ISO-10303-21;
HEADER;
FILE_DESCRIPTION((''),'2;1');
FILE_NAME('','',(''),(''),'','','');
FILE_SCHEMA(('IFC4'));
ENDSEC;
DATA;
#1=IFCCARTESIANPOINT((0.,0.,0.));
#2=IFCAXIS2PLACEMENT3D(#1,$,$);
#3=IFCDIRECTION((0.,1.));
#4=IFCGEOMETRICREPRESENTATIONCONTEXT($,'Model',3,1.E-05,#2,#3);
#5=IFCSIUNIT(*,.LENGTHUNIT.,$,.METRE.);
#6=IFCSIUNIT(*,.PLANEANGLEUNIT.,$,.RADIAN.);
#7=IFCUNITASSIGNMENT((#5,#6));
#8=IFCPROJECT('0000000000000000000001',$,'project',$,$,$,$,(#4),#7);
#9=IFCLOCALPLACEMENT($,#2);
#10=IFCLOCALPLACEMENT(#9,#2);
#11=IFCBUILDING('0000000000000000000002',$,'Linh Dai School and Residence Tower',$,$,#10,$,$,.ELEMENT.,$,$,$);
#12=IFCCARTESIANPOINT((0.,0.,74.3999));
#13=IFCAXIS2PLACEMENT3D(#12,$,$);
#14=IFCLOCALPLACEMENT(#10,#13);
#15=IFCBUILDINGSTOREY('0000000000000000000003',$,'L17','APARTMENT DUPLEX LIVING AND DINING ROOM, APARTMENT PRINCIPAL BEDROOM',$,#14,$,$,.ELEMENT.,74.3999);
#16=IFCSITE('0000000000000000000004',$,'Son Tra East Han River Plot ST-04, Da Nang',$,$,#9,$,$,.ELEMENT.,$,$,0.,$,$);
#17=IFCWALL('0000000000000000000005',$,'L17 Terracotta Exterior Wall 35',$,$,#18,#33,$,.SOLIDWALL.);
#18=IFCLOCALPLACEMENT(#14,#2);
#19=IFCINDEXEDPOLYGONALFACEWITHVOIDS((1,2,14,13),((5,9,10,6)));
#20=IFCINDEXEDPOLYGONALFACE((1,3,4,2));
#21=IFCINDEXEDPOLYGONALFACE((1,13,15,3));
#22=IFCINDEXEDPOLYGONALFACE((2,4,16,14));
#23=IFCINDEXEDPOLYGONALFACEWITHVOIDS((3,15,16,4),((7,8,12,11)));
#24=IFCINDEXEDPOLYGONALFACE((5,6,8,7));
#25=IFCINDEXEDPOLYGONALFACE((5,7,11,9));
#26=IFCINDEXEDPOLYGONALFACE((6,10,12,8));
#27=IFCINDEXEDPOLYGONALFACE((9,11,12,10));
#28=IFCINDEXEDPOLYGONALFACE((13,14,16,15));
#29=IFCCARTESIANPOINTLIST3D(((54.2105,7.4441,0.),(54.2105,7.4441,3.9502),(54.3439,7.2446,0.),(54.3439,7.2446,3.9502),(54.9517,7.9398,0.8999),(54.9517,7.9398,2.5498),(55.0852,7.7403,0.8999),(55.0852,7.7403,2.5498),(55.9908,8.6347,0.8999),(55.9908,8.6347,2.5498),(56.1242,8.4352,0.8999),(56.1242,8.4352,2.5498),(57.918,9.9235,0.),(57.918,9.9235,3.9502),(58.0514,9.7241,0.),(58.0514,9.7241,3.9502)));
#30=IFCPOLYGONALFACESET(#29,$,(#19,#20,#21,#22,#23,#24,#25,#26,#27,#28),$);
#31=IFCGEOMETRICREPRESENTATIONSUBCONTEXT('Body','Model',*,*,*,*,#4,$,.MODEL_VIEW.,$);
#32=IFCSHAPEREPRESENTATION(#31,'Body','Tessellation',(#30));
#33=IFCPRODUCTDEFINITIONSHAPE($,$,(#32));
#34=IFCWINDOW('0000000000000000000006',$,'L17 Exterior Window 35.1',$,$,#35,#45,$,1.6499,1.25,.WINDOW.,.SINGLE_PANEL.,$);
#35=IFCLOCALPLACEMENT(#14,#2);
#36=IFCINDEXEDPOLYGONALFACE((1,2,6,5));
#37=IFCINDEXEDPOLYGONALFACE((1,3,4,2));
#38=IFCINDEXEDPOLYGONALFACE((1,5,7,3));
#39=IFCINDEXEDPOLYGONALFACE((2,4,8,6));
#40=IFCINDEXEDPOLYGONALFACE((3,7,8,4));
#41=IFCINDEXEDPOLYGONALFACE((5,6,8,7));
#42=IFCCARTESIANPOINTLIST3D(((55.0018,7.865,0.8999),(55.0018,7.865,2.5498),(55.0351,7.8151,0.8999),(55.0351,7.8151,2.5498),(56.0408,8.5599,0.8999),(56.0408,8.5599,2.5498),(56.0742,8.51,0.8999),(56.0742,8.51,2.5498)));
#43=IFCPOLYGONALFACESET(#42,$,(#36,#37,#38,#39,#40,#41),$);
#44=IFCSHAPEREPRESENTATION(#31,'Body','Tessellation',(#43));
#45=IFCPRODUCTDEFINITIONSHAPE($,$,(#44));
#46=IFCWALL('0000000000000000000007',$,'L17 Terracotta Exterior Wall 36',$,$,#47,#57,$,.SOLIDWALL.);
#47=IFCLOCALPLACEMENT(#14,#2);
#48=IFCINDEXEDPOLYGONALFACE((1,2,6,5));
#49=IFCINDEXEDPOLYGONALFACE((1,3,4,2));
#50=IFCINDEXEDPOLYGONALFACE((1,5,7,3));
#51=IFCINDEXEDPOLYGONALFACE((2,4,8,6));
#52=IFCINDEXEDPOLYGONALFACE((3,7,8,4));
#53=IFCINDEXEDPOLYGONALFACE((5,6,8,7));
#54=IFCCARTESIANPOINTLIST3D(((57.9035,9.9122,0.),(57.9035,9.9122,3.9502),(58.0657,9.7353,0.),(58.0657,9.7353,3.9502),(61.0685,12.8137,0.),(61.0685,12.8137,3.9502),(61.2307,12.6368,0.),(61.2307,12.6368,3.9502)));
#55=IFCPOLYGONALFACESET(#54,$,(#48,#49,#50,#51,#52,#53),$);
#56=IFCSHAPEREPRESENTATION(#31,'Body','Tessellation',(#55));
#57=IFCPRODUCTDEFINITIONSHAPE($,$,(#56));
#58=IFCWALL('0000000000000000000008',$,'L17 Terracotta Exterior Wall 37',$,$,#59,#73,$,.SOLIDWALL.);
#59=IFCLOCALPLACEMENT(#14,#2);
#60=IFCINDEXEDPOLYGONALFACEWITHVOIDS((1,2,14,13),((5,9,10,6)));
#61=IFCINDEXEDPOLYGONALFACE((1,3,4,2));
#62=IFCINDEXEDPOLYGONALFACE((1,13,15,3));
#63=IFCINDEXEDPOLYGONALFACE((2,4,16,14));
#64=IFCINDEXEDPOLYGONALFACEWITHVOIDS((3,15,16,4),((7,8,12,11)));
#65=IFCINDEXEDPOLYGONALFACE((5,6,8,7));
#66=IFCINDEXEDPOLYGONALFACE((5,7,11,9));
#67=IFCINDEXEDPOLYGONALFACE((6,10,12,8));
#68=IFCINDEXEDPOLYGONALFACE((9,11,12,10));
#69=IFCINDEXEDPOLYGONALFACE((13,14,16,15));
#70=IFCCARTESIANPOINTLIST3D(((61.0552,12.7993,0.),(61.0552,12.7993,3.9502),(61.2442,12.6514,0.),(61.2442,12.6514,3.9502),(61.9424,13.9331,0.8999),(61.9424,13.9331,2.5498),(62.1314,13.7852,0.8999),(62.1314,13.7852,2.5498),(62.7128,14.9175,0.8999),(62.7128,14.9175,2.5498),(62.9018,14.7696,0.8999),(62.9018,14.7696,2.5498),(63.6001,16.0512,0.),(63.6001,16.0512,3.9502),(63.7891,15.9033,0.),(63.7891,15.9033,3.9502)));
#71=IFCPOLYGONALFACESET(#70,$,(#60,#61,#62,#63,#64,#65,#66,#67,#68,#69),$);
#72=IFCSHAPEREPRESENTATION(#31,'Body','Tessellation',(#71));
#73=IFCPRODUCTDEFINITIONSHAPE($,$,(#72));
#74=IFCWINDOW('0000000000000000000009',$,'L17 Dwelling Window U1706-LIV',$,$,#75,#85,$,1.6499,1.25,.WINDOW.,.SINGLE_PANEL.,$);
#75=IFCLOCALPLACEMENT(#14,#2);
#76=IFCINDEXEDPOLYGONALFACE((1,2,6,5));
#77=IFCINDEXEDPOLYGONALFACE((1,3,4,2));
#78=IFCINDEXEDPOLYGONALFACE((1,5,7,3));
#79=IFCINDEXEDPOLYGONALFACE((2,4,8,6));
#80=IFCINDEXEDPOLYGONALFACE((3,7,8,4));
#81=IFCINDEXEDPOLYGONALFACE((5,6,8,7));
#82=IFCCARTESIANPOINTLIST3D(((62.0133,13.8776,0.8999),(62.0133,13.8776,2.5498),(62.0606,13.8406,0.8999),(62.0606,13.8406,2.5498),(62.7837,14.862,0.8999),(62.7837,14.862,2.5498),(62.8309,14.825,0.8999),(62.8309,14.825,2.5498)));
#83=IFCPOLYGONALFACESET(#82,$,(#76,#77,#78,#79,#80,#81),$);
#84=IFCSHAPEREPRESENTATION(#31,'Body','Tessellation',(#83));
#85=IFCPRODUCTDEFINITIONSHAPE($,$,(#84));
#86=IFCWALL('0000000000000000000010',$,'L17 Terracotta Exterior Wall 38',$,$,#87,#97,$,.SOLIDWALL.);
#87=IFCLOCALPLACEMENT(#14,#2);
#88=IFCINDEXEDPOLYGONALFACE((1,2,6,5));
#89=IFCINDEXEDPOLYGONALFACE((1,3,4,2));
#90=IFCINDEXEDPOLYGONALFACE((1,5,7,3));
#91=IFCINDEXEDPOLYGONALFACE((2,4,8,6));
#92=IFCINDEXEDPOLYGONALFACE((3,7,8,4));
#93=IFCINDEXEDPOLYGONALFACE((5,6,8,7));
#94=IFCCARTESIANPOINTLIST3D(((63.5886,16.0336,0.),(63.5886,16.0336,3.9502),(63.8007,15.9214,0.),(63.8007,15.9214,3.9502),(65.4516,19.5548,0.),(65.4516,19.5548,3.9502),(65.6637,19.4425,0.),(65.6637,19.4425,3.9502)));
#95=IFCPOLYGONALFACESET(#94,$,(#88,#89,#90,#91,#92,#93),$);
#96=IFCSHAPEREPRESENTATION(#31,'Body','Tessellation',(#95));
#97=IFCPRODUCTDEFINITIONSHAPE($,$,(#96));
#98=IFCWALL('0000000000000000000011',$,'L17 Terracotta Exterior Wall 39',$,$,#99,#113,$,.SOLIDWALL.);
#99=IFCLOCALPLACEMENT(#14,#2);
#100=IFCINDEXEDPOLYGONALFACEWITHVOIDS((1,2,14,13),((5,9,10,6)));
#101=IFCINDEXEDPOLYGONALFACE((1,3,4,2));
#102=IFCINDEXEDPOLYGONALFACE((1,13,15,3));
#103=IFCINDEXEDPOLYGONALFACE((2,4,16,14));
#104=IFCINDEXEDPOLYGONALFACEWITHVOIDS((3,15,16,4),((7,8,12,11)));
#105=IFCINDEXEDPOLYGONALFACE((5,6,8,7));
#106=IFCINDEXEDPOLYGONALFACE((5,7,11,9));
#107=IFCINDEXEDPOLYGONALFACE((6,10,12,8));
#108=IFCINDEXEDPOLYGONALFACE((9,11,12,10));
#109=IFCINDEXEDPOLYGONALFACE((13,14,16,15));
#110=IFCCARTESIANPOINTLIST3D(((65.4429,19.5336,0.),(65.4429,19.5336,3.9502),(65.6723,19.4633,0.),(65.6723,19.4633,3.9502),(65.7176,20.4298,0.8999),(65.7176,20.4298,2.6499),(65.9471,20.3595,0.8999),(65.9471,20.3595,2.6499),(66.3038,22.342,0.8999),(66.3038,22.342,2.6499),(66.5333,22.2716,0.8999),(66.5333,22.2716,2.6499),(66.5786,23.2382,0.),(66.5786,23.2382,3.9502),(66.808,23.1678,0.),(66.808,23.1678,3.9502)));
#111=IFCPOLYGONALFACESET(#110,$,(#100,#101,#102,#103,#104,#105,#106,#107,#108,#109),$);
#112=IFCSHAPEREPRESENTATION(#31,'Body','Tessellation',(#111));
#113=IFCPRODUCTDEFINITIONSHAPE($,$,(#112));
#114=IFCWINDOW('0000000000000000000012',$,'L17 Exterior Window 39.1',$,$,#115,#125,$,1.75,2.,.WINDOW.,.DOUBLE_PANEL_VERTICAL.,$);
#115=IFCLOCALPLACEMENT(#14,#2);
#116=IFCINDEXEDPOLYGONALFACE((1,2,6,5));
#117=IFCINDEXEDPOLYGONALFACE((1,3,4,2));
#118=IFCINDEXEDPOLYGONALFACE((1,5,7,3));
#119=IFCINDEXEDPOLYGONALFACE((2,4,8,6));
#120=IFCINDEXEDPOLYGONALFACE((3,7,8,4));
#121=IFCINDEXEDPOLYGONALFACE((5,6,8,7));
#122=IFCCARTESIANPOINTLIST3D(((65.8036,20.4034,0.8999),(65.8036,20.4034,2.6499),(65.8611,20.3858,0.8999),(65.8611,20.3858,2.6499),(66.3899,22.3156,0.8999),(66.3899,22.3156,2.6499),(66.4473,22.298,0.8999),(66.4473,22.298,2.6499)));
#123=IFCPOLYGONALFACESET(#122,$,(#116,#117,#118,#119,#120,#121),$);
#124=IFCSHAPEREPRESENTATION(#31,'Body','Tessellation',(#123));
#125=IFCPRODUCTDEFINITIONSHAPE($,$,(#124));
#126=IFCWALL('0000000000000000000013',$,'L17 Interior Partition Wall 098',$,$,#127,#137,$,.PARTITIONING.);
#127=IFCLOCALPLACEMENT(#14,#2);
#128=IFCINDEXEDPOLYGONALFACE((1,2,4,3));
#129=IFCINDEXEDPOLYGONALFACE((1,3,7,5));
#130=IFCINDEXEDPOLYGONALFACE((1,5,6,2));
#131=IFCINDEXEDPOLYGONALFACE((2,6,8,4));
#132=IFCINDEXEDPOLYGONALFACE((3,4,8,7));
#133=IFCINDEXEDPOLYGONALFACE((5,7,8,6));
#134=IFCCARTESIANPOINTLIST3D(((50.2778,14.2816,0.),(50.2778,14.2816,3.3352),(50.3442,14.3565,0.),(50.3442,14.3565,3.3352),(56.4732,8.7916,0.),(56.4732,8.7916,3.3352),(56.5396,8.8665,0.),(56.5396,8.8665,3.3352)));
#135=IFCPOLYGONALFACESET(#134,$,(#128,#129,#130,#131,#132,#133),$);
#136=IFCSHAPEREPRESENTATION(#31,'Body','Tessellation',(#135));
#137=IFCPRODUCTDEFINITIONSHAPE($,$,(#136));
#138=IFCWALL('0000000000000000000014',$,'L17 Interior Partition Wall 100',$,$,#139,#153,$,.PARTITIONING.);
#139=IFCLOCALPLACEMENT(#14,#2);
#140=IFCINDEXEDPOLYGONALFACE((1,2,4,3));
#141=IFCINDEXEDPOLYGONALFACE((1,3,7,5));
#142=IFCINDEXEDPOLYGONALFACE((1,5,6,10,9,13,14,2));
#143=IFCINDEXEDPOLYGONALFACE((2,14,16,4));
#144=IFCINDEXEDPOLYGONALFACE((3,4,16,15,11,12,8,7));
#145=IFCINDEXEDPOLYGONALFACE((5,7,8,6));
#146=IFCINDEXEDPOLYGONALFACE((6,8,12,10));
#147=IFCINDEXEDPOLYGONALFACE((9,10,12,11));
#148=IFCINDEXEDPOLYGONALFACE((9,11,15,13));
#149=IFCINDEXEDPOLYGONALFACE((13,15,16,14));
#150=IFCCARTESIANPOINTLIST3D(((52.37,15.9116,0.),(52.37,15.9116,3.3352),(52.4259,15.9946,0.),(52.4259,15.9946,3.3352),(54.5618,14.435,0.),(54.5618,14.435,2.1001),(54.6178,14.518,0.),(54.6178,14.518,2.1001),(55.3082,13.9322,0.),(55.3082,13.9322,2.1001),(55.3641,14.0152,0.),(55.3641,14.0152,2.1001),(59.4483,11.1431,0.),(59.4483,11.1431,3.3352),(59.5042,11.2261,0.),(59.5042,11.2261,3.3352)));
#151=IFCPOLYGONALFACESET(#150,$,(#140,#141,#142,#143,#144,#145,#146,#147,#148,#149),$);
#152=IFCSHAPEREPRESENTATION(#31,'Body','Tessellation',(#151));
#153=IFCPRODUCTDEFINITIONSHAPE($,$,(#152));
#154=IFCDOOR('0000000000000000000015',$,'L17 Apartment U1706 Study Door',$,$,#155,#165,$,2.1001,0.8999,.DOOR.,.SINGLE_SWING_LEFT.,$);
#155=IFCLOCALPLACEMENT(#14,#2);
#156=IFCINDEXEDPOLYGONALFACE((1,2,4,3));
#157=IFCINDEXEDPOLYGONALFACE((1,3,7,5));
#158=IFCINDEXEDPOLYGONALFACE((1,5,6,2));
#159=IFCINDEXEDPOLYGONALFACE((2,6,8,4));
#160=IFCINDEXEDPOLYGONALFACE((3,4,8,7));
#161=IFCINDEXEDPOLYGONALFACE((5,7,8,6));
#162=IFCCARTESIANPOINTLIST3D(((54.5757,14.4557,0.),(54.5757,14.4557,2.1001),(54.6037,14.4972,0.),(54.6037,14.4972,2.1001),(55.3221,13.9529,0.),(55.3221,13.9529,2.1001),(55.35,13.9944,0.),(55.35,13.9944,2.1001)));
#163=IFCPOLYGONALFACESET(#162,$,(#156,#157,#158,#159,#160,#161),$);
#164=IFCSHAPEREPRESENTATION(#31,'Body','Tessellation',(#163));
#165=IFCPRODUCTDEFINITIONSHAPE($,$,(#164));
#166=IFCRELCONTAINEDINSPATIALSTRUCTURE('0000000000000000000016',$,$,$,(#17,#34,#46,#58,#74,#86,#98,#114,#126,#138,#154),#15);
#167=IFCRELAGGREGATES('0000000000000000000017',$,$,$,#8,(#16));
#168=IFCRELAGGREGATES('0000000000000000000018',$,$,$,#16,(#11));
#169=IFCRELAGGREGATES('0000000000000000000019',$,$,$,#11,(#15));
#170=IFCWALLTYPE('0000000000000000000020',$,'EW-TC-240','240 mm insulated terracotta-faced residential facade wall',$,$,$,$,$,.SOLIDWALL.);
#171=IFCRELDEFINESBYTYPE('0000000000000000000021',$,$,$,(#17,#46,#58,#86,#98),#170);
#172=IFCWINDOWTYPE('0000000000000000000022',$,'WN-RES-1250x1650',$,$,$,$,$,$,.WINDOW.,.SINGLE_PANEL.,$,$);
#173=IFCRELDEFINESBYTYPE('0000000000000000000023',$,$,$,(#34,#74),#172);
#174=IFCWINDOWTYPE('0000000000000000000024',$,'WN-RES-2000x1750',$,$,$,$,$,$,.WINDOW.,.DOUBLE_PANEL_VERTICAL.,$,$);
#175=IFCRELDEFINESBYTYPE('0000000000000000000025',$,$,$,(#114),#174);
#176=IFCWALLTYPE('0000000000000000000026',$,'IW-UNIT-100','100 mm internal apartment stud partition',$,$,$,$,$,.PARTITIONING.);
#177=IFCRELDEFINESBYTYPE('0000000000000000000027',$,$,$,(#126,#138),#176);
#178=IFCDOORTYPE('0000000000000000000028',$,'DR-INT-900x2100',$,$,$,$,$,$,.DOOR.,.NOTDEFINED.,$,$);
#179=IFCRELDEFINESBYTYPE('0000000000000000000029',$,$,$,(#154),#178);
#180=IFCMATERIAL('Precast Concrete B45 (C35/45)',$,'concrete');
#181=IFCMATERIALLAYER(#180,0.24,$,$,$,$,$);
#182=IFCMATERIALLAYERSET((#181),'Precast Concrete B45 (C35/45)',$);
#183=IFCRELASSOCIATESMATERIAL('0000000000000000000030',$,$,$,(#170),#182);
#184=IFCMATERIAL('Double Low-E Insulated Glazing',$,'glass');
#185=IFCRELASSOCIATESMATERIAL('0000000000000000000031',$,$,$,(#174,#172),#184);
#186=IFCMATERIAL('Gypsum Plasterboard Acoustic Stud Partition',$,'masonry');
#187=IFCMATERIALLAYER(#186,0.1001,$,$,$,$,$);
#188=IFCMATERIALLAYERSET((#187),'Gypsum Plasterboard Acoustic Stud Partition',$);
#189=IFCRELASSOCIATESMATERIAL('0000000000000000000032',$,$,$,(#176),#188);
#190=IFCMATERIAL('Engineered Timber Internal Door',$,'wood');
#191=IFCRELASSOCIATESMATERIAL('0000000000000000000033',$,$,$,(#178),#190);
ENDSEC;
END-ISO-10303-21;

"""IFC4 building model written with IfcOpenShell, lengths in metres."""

from ifc_helpers import new_model, si_unit, direction, frame, frame_2d, origin, origin_2d, place, context, subcontext, project, spatial, rectangle, extrude, source, transform, mapped, material, layer, layer_set, type_object, element, fill, save


model = new_model("IFC4")

# Units and contexts
model_context = context("Model", 3, precision=1e-05, world=origin(), true_north=direction((0.0, 1.0)))
body_context = subcontext(model_context, "Body", "Model", "MODEL_VIEW")
ifc_project = project(units=[si_unit("LENGTHUNIT", "METRE"), si_unit("PLANEANGLEUNIT", "RADIAN")], contexts=[model_context])

# Site, building, storey
site_placement = place(None, origin())
site = spatial("IfcSite", under=ifc_project, at=site_placement, Name="Son Tra East Han River Plot ST-04, Da Nang", CompositionType="ELEMENT", RefElevation=0.0)
building_placement = place(site_placement, origin())
building = spatial("IfcBuilding", under=site, at=building_placement, Name="Linh Dai School and Residence Tower", CompositionType="ELEMENT")
storey_placement = place(building_placement, frame((0.0, 0.0, 74.3999)))
storey = spatial("IfcBuildingStorey", under=building, at=storey_placement, Name="L17", Description="APARTMENT DUPLEX LIVING AND DINING ROOM, APARTMENT PRINCIPAL BEDROOM", CompositionType="ELEMENT", Elevation=74.3999)

# Shared definitions
ifc_material_1 = material(Name="Precast Concrete B45 (C35/45)", Category="concrete")

# Wall, opening, window
ifc_layer_1 = layer(ifc_material_1, 0.24)
ifc_layer_set_1 = layer_set([ifc_layer_1], Name="Precast Concrete B45 (C35/45)")
wall_type_1 = type_object("IfcWallType", Name="EW-TC-240", Description="240 mm insulated terracotta-faced residential facade wall", PredefinedType="SOLIDWALL", material=ifc_layer_set_1)
ifc_material_2 = material(Name="Double Low-E Insulated Glazing", Category="glass")
window_type_1 = type_object("IfcWindowType", Name="WN-RES-2000x1750", PartitioningType="DOUBLE_PANEL_VERTICAL", PredefinedType="WINDOW", material=ifc_material_2)
shared_shape_1 = source(origin(), body_context, "Body", "SweptSolid", [
    extrude(rectangle(XDim=2.0, YDim=1.75, at=origin_2d()), frame((1.0, 0.03, 0.875), z_axis=(0.0, -1.0, 0.0), x_axis=(1.0, 0.0, 0.0)), (0.0, 0.0, 1.0), 0.0601),
])
wall_1_placement = place(storey_placement, frame((57.9846, 9.8237, 0.0), z_axis=(0.0, 0.0, 1.0), x_axis=(-0.831241, -0.555912, 0.0)))
wall_1 = element("IfcWall", 1, at=wall_1_placement, inside=storey, type_object=wall_type_1, Name="L17 Terracotta Exterior Wall 35", PredefinedType="SOLIDWALL", context=body_context, shape_type="SweptSolid", body=[
    extrude(rectangle(XDim=4.4602, YDim=0.24, at=frame_2d((2.23, 0.0))), origin(), (0.0, 0.0, 1.0), 3.9502),
])
opening_1_placement = place(wall_1_placement, frame((2.3184, 0.0, 0.8999)))
opening_1 = element("IfcOpeningElement", 2, at=opening_1_placement, cuts=wall_1, PredefinedType="OPENING", context=body_context, shape_type="SweptSolid", body=[
    extrude(rectangle(XDim=1.25, YDim=1.6499, at=origin_2d()), frame((0.625, 0.1299, 0.825), z_axis=(0.0, -1.0, 0.0), x_axis=(1.0, 0.0, 0.0)), (0.0, 0.0, 1.0), 0.26),
])
window_type_2 = type_object("IfcWindowType", Name="WN-RES-1250x1650", PartitioningType="SINGLE_PANEL", PredefinedType="WINDOW", material=ifc_material_2)
shared_shape_2 = source(origin(), body_context, "Body", "SweptSolid", [
    extrude(rectangle(XDim=1.25, YDim=1.6499, at=origin_2d()), frame((0.625, 0.03, 0.825), z_axis=(0.0, -1.0, 0.0), x_axis=(1.0, 0.0, 0.0)), (0.0, 0.0, 1.0), 0.0601),
])
window_1_placement = place(opening_1_placement, origin())
window_1 = element("IfcWindow", 3, at=window_1_placement, inside=storey, type_object=window_type_2, Name="L17 Exterior Window 35.1", OverallHeight=1.6499, OverallWidth=1.25, PartitioningType="SINGLE_PANEL", PredefinedType="WINDOW", context=body_context, shape_type="MappedRepresentation", body=[
    mapped(shared_shape_2, transform((0.0, 0.0, 0.0), x_axis=(1.0, 0.0, 0.0), y_axis=(0.0, 1.0, 0.0), z_axis=(0.0, 0.0, 1.0), scale=1.0)),
])
fill(opening_1, window_1)

# Wall
wall_2_placement = place(storey_placement, frame((61.1497, 12.7253, 0.0), z_axis=(0.0, 0.0, 1.0), x_axis=(-0.737116, -0.675766, 0.0)))
element("IfcWall", 4, at=wall_2_placement, inside=storey, type_object=wall_type_1, Name="L17 Terracotta Exterior Wall 36", PredefinedType="SOLIDWALL", context=body_context, shape_type="SweptSolid", body=[
    extrude(rectangle(XDim=4.2937, YDim=0.24, at=frame_2d((2.147, 0.0))), origin(), (0.0, 0.0, 1.0), 3.9502),
])

# Wall, opening, window
wall_3_placement = place(storey_placement, frame((63.6946, 15.9773, 0.0), z_axis=(0.0, 0.0, 1.0), x_axis=(-0.616296, -0.787515, 0.0)))
wall_3 = element("IfcWall", 5, at=wall_3_placement, inside=storey, type_object=wall_type_1, Name="L17 Terracotta Exterior Wall 37", PredefinedType="SOLIDWALL", context=body_context, shape_type="SweptSolid", body=[
    extrude(rectangle(XDim=4.1294, YDim=0.24, at=frame_2d((2.0647, 0.0))), origin(), (0.0, 0.0, 1.0), 3.9502),
])
opening_2_placement = place(wall_3_placement, frame((1.4397, 0.0, 0.8999)))
opening_2 = element("IfcOpeningElement", 6, at=opening_2_placement, cuts=wall_3, PredefinedType="OPENING", context=body_context, shape_type="SweptSolid", body=[
    extrude(rectangle(XDim=1.25, YDim=1.6499, at=origin_2d()), frame((0.625, 0.1299, 0.825), z_axis=(0.0, -1.0, 0.0), x_axis=(1.0, 0.0, 0.0)), (0.0, 0.0, 1.0), 0.26),
])
window_2_placement = place(opening_2_placement, origin())
window_2 = element("IfcWindow", 7, at=window_2_placement, inside=storey, type_object=window_type_2, Name="L17 Dwelling Window U1706-LIV", OverallHeight=1.6499, OverallWidth=1.25, PartitioningType="SINGLE_PANEL", PredefinedType="WINDOW", context=body_context, shape_type="MappedRepresentation", body=[
    mapped(shared_shape_2, transform((0.0, 0.0, 0.0), x_axis=(1.0, 0.0, 0.0), y_axis=(0.0, 1.0, 0.0), z_axis=(0.0, 0.0, 1.0), scale=1.0)),
])
fill(opening_2, window_2)

# Wall
wall_4_placement = place(storey_placement, frame((65.5576, 19.4985, 0.0), z_axis=(0.0, 0.0, 1.0), x_axis=(-0.467662, -0.883907, 0.0)))
element("IfcWall", 8, at=wall_4_placement, inside=storey, type_object=wall_type_1, Name="L17 Terracotta Exterior Wall 38", PredefinedType="SOLIDWALL", context=body_context, shape_type="SweptSolid", body=[
    extrude(rectangle(XDim=3.9836, YDim=0.24, at=frame_2d((1.9917, 0.0))), origin(), (0.0, 0.0, 1.0), 3.9502),
])

# Wall, opening, window
wall_5_placement = place(storey_placement, frame((66.6934, 23.2031, 0.0), z_axis=(0.0, 0.0, 1.0), x_axis=(-0.293112, -0.956078, 0.0)))
wall_5 = element("IfcWall", 9, at=wall_5_placement, inside=storey, type_object=wall_type_1, Name="L17 Terracotta Exterior Wall 39", PredefinedType="SOLIDWALL", context=body_context, shape_type="SweptSolid", body=[
    extrude(rectangle(XDim=3.8748, YDim=0.24, at=frame_2d((1.9375, 0.0))), origin(), (0.0, 0.0, 1.0), 3.9502),
])
opening_3_placement = place(wall_5_placement, frame((0.9375, 0.0, 0.8999)))
opening_3 = element("IfcOpeningElement", 10, at=opening_3_placement, cuts=wall_5, PredefinedType="OPENING", context=body_context, shape_type="SweptSolid", body=[
    extrude(rectangle(XDim=2.0, YDim=1.75, at=origin_2d()), frame((1.0, 0.1299, 0.875), z_axis=(0.0, -1.0, 0.0), x_axis=(1.0, 0.0, 0.0)), (0.0, 0.0, 1.0), 0.26),
])
window_3_placement = place(opening_3_placement, origin())
window_3 = element("IfcWindow", 11, at=window_3_placement, inside=storey, type_object=window_type_1, Name="L17 Exterior Window 39.1", OverallHeight=1.75, OverallWidth=2.0, PartitioningType="DOUBLE_PANEL_VERTICAL", PredefinedType="WINDOW", context=body_context, shape_type="MappedRepresentation", body=[
    mapped(shared_shape_1, transform((0.0, 0.0, 0.0), x_axis=(1.0, 0.0, 0.0), y_axis=(0.0, 1.0, 0.0), z_axis=(0.0, 0.0, 1.0), scale=1.0)),
])
fill(opening_3, window_3)

# Wall
ifc_material_3 = material(Name="Gypsum Plasterboard Acoustic Stud Partition", Category="masonry")
ifc_layer_2 = layer(ifc_material_3, 0.1001)
ifc_layer_set_2 = layer_set([ifc_layer_2], Name="Gypsum Plasterboard Acoustic Stud Partition")
wall_type_2 = type_object("IfcWallType", Name="IW-UNIT-100", Description="100 mm internal apartment stud partition", PredefinedType="PARTITIONING", material=ifc_layer_set_2)
wall_6_placement = place(storey_placement, frame((50.311, 14.3191, 0.0), z_axis=(0.0, 0.0, 1.0), x_axis=(0.748425, -0.663219, 0.0)))
element("IfcWall", 12, at=wall_6_placement, inside=storey, type_object=wall_type_2, Name="L17 Interior Partition Wall 098", PredefinedType="PARTITIONING", context=body_context, shape_type="SweptSolid", body=[
    extrude(rectangle(XDim=8.2778, YDim=0.1001, at=frame_2d((4.1389, 0.0))), origin(), (0.0, 0.0, 1.0), 3.3352),
])

# Wall, opening, door
wall_7_placement = place(storey_placement, frame((52.3979, 15.9531, 0.0), z_axis=(0.0, 0.0, 1.0), x_axis=(0.829356, -0.55872, 0.0)))
wall_7 = element("IfcWall", 13, at=wall_7_placement, inside=storey, type_object=wall_type_2, Name="L17 Interior Partition Wall 100", PredefinedType="PARTITIONING", context=body_context, shape_type="SweptSolid", body=[
    extrude(rectangle(XDim=8.5347, YDim=0.1001, at=frame_2d((4.2673, 0.0))), origin(), (0.0, 0.0, 1.0), 3.3352),
])
opening_4_placement = place(wall_7_placement, frame((2.6428, 0.0, 0.0)))
opening_4 = element("IfcOpeningElement", 14, at=opening_4_placement, cuts=wall_7, PredefinedType="OPENING", context=body_context, shape_type="SweptSolid", body=[
    extrude(rectangle(XDim=0.8999, YDim=2.1001, at=origin_2d()), frame((0.45, 0.0601, 1.05), z_axis=(0.0, -1.0, 0.0), x_axis=(1.0, 0.0, 0.0)), (0.0, 0.0, 1.0), 0.1201),
])
ifc_material_4 = material(Name="Engineered Timber Internal Door", Category="wood")
door_type = type_object("IfcDoorType", Name="DR-INT-900x2100", OperationType="NOTDEFINED", PredefinedType="DOOR", material=ifc_material_4)
shared_shape_3 = source(origin(), body_context, "Body", "SweptSolid", [
    extrude(rectangle(XDim=0.8999, YDim=2.1001, at=origin_2d()), frame((0.45, 0.0249, 1.05), z_axis=(0.0, -1.0, 0.0), x_axis=(1.0, 0.0, 0.0)), (0.0, 0.0, 1.0), 0.05),
])
door_1_placement = place(opening_4_placement, origin())
door_1 = element("IfcDoor", 15, at=door_1_placement, inside=storey, type_object=door_type, Name="L17 Apartment U1706 Study Door", OperationType="SINGLE_SWING_LEFT", OverallHeight=2.1001, OverallWidth=0.8999, PredefinedType="DOOR", context=body_context, shape_type="MappedRepresentation", body=[
    mapped(shared_shape_3, transform((0.0, 0.0, 0.0), x_axis=(1.0, 0.0, 0.0), y_axis=(0.0, 1.0, 0.0), z_axis=(0.0, 0.0, 1.0), scale=1.0)),
])
fill(opening_4, door_1)

save(model, "model.ifc")
